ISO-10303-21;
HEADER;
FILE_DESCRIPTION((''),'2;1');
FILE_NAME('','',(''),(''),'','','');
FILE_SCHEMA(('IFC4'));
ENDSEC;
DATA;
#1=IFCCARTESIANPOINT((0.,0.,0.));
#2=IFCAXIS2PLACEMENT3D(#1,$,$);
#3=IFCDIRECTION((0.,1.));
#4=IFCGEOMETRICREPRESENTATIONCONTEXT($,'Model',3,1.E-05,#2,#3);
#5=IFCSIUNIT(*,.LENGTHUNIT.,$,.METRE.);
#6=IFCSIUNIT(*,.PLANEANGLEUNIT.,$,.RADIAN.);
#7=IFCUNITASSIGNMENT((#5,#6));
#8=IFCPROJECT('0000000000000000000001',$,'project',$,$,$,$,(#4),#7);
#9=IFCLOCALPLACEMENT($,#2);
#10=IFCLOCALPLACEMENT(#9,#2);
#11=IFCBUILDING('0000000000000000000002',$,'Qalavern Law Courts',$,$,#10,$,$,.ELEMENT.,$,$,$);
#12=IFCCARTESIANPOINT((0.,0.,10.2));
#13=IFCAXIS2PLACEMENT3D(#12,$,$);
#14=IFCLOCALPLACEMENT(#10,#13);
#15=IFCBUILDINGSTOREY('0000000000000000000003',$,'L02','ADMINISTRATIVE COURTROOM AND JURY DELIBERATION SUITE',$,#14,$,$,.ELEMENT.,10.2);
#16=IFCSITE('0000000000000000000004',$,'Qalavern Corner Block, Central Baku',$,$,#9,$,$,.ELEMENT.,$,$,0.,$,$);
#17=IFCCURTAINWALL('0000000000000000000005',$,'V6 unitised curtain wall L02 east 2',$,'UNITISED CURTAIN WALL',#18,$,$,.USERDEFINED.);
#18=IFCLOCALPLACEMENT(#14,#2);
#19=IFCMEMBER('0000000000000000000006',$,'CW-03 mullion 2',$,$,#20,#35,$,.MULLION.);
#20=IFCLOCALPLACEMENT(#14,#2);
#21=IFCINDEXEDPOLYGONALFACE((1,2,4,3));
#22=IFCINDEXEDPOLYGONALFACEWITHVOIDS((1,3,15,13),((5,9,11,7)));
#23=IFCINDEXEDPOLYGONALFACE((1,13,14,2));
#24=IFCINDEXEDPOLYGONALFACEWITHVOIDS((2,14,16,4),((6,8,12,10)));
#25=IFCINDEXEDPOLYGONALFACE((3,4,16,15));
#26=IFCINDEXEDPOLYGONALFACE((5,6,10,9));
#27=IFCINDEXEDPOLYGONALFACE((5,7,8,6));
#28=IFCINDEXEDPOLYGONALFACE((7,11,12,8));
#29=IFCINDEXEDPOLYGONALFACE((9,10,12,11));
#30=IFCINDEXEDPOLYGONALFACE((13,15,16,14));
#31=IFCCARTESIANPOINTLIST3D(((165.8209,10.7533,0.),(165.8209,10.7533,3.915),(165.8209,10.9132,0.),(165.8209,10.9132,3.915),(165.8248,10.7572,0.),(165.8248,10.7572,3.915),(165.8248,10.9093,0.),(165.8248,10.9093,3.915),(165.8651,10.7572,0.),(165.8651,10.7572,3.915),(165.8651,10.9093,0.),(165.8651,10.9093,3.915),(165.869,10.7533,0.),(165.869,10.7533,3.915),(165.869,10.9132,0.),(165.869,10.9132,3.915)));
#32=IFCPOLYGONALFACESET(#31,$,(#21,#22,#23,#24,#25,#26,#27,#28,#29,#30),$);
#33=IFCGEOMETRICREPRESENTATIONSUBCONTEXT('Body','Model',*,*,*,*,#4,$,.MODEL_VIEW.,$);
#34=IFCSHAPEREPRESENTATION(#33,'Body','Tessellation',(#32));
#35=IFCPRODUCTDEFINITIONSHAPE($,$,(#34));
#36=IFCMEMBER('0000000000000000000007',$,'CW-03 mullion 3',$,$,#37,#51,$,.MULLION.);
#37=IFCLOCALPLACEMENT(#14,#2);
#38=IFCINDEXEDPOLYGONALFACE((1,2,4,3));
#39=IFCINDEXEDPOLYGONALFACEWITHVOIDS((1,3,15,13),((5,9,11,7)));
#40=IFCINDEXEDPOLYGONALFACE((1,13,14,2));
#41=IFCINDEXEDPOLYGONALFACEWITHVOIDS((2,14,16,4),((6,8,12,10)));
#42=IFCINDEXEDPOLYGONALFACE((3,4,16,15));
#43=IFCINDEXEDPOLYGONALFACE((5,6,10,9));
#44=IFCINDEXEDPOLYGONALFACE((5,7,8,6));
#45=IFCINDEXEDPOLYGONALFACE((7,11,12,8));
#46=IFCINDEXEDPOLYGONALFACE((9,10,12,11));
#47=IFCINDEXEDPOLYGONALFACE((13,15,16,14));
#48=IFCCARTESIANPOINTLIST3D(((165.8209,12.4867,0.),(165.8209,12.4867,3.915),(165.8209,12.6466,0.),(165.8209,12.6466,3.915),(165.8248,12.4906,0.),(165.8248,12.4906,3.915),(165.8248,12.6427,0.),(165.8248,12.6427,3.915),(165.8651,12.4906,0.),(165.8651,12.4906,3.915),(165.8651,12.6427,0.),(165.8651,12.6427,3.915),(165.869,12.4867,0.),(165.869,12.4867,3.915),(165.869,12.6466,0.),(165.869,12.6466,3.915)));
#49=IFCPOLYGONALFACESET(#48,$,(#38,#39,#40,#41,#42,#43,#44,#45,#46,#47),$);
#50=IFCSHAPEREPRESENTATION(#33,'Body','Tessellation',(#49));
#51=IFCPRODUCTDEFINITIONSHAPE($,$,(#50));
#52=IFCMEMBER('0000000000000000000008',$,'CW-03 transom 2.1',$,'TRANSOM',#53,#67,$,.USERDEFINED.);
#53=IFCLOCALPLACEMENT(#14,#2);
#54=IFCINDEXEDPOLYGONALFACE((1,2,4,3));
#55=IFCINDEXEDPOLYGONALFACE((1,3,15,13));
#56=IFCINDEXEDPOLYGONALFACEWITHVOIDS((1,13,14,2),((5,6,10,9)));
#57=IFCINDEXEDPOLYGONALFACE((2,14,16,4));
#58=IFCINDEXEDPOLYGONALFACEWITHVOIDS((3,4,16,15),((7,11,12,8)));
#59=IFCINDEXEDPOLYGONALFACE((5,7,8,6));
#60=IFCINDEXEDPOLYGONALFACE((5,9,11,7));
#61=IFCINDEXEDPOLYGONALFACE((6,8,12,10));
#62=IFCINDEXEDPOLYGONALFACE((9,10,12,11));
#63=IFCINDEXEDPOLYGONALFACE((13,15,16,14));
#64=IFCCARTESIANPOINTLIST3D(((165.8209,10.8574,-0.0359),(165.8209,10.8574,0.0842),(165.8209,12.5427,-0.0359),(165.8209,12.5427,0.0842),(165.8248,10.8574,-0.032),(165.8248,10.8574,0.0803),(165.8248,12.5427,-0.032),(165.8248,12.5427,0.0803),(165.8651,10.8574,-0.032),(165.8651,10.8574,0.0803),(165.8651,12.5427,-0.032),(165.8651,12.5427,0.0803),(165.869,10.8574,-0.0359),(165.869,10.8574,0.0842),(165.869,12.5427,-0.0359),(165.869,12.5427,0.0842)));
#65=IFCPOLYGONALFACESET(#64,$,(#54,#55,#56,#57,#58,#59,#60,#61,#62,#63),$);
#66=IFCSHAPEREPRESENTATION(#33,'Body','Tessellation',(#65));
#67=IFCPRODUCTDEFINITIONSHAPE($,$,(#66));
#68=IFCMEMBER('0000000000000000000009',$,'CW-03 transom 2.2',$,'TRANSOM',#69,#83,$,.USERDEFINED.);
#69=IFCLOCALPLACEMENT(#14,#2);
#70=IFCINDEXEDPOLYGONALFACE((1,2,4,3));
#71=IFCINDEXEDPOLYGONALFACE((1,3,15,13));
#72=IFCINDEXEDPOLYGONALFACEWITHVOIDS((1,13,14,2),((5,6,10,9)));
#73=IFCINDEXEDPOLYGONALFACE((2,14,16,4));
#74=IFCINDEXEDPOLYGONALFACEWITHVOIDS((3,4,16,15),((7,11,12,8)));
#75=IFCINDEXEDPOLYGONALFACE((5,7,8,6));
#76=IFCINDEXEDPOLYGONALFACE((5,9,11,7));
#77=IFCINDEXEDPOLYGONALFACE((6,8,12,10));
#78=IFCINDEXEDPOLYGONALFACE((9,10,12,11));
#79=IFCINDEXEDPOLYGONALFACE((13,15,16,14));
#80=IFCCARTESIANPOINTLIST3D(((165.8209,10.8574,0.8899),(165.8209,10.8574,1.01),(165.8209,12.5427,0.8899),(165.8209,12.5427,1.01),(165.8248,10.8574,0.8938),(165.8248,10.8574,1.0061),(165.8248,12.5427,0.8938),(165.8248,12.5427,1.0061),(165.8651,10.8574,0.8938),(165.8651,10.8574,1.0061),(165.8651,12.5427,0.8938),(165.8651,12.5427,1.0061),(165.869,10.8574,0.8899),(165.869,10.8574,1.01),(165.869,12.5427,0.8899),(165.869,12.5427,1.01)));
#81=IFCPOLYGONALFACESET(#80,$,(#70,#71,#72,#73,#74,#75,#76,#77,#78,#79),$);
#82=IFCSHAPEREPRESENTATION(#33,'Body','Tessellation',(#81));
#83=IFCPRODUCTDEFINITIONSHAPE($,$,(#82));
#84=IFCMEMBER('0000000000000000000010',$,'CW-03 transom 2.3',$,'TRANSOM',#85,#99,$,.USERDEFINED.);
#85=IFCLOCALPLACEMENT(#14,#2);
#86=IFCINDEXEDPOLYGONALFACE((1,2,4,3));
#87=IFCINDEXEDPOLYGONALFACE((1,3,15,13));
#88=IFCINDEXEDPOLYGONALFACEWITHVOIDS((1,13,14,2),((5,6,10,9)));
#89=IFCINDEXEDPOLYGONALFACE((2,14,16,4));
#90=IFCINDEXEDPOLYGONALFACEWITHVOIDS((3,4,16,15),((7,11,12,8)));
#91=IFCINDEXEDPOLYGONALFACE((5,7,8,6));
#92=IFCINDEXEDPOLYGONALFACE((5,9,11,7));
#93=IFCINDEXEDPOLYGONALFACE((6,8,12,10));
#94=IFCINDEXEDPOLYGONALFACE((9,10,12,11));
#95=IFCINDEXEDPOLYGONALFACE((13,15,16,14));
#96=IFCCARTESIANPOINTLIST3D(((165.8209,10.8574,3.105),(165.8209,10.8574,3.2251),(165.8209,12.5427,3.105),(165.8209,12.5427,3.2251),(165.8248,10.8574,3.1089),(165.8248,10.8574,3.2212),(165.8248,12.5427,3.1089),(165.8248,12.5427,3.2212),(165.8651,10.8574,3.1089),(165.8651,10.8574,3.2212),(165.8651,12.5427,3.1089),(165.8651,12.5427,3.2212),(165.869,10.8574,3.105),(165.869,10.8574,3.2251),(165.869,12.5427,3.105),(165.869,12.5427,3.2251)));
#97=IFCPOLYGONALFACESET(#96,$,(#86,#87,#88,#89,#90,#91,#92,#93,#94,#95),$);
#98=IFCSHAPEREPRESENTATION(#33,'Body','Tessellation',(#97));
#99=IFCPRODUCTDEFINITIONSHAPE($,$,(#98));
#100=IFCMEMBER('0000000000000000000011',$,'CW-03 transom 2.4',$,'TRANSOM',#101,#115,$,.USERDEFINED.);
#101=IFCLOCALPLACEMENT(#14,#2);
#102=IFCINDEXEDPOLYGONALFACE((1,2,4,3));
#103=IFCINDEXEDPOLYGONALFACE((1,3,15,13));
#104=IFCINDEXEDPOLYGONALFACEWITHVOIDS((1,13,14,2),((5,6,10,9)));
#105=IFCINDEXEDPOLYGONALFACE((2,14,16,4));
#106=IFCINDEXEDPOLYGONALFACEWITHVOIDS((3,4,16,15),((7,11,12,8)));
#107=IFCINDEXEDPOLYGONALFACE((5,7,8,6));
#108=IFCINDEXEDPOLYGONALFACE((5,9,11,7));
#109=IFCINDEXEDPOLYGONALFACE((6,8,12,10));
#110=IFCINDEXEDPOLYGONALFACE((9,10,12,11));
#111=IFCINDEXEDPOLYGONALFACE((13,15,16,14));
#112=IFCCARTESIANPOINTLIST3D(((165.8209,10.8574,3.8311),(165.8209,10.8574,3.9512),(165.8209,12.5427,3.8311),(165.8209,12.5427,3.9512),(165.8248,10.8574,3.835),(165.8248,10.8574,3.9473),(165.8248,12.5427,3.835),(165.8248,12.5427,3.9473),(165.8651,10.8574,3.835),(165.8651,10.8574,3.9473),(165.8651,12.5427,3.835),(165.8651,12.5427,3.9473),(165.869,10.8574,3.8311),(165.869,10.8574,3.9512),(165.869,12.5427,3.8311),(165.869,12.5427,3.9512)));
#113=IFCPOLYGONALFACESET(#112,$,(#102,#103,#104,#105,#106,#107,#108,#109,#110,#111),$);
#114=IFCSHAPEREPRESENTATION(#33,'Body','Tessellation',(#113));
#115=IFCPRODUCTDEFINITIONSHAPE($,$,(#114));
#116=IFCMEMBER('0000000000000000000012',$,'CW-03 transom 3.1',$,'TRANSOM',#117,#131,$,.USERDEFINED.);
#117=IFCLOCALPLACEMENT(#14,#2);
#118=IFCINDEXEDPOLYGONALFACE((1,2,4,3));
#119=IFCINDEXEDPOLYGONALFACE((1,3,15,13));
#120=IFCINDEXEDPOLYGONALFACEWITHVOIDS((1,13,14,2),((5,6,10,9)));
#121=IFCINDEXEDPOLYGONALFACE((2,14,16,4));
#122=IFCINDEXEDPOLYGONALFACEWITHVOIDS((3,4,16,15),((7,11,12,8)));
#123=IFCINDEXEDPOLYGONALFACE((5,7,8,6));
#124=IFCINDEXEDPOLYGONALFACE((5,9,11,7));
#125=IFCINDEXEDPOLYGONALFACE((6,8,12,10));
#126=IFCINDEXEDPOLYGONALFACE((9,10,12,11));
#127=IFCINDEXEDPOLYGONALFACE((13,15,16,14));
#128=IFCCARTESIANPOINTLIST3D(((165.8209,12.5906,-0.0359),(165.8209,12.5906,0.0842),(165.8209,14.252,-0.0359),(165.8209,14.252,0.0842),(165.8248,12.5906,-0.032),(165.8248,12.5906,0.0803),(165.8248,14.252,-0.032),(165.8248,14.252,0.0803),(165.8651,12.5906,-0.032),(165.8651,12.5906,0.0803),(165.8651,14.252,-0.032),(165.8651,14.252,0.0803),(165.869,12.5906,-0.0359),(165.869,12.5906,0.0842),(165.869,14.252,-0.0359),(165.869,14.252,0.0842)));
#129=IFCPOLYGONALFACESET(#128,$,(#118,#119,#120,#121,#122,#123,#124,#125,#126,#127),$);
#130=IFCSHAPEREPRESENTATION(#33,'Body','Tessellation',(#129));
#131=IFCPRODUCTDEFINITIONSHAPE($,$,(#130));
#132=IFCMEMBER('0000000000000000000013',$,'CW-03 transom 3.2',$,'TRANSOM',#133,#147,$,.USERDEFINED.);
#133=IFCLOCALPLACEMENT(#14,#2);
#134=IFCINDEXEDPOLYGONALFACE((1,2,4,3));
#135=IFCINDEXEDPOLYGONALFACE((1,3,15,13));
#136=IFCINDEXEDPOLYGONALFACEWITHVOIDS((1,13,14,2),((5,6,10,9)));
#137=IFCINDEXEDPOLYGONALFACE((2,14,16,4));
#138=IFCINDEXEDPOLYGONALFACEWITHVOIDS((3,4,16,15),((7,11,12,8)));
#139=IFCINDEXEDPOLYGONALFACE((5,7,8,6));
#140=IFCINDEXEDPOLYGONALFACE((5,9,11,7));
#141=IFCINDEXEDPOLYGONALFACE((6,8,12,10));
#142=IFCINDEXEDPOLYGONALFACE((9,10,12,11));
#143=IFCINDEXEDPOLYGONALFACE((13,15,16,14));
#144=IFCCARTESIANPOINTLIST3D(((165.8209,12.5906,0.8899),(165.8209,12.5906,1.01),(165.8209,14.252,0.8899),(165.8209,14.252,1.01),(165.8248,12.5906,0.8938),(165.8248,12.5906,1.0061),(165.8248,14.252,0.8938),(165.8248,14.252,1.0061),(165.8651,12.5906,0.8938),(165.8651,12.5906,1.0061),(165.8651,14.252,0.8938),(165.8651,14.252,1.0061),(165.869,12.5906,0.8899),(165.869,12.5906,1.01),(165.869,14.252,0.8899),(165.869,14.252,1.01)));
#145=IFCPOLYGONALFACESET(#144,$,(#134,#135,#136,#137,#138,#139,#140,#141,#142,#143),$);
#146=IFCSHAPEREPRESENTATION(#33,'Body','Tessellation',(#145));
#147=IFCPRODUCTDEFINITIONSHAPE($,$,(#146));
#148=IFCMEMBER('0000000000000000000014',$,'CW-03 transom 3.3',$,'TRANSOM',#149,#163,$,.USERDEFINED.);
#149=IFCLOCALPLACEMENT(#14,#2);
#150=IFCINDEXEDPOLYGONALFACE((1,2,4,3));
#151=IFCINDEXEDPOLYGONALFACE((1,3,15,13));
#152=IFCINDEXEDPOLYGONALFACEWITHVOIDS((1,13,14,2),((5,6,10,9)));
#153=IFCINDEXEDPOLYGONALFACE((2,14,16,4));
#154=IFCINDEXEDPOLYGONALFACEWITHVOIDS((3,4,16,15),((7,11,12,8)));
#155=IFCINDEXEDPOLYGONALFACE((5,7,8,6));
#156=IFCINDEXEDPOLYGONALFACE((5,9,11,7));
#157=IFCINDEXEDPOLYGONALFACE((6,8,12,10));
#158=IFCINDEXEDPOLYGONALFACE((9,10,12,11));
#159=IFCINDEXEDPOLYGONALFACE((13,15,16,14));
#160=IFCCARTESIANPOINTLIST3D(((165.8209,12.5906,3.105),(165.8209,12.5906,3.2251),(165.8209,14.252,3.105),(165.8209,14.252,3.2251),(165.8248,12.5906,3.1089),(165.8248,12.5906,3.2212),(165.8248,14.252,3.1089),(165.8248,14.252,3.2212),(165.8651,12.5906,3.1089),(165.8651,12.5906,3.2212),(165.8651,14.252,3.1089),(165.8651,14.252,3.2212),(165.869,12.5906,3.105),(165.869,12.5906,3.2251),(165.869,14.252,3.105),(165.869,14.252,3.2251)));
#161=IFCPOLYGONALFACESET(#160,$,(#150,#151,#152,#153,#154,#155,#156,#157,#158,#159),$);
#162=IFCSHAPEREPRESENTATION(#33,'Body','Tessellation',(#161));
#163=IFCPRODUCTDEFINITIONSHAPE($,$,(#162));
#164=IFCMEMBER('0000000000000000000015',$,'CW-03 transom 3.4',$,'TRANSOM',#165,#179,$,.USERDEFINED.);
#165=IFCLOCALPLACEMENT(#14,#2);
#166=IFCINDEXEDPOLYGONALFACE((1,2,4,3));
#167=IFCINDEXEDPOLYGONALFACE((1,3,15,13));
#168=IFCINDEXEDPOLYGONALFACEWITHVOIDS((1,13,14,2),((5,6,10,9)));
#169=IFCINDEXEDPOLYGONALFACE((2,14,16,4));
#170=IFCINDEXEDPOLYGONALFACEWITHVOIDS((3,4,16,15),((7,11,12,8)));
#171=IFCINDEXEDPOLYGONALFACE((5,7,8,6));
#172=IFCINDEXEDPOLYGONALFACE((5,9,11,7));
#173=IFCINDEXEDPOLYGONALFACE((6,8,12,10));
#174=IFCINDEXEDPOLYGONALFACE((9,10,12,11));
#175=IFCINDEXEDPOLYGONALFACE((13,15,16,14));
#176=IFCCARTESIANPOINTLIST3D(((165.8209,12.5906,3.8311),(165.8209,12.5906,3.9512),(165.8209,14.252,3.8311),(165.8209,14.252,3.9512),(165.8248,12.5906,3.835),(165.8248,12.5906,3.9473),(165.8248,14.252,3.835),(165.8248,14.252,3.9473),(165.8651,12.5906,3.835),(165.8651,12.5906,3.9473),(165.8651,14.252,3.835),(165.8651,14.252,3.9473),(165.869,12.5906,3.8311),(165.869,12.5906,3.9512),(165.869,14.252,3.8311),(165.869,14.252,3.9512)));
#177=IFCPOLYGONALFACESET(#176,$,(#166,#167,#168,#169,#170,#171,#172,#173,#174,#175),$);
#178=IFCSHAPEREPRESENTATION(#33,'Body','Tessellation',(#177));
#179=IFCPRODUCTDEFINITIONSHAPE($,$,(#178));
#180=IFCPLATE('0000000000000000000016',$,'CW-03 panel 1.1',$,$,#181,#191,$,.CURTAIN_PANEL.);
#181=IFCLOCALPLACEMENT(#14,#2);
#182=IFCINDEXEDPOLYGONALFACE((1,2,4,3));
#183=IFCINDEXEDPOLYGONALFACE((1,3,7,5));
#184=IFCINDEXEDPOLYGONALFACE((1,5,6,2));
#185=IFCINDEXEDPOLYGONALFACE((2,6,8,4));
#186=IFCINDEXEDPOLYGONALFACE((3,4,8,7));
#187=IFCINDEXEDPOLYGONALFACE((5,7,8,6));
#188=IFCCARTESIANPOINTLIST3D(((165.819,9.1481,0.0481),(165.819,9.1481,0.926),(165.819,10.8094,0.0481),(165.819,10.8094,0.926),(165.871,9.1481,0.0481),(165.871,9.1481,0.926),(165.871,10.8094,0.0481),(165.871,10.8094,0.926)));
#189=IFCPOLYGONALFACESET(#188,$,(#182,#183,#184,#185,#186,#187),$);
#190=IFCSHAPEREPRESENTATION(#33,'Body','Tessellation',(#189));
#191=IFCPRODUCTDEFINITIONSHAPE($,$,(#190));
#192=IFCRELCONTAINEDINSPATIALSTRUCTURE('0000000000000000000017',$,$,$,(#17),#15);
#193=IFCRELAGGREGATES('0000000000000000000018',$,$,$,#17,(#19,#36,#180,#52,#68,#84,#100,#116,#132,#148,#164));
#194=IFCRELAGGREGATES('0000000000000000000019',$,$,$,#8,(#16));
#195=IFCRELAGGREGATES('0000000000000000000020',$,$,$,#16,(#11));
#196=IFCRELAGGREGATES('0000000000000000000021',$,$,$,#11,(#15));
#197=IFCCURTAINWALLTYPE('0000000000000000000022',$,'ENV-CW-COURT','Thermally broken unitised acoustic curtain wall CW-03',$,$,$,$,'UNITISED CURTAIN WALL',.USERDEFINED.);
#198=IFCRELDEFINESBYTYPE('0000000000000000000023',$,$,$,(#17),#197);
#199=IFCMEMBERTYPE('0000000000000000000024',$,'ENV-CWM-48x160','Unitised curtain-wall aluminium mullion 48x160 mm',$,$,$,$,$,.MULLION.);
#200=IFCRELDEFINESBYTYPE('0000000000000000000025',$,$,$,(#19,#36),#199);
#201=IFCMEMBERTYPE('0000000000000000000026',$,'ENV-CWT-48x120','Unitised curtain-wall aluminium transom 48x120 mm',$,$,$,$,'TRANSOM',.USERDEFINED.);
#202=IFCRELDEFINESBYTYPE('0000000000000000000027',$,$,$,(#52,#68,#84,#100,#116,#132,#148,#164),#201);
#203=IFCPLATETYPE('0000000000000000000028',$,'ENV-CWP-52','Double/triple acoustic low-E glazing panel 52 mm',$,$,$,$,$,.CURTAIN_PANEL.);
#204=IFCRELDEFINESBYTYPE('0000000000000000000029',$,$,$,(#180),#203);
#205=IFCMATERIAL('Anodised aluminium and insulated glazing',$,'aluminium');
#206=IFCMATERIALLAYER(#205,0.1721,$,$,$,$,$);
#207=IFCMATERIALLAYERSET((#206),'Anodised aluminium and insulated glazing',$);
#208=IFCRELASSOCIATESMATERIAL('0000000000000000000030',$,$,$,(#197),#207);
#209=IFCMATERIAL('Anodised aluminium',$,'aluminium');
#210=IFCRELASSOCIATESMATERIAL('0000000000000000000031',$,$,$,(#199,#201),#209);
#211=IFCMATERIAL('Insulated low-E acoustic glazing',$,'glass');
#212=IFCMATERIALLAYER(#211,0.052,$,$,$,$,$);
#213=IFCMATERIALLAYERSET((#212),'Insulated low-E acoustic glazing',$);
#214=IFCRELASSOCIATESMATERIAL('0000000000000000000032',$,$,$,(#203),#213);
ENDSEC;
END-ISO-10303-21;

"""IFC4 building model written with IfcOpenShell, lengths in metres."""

from ifc_helpers import new_model, si_unit, direction, frame, origin, origin_2d, place, context, subcontext, project, spatial, rectangle, hollow_rectangle, extrude, material, layer, layer_set, material_profile, profile_set, type_object, element, aggregate, save


model = new_model("IFC4")

# Units and contexts
model_context = context("Model", 3, precision=1e-05, world=origin(), true_north=direction((0.0, 1.0)))
body_context = subcontext(model_context, "Body", "Model", "MODEL_VIEW")
ifc_project = project(units=[si_unit("LENGTHUNIT", "METRE"), si_unit("PLANEANGLEUNIT", "RADIAN")], contexts=[model_context])

# Site, building, storey
site_placement = place(None, origin())
site = spatial("IfcSite", under=ifc_project, at=site_placement, Name="Qalavern Corner Block, Central Baku", CompositionType="ELEMENT", RefElevation=0.0)
building_placement = place(site_placement, origin())
building = spatial("IfcBuilding", under=site, at=building_placement, Name="Qalavern Law Courts", CompositionType="ELEMENT")
storey_placement = place(building_placement, frame((0.0, 0.0, 10.2)))
storey = spatial("IfcBuildingStorey", under=building, at=storey_placement, Name="L02", Description="ADMINISTRATIVE COURTROOM AND JURY DELIBERATION SUITE", CompositionType="ELEMENT", Elevation=10.2)

# Curtain wall, members, plate
ifc_material_1 = material(Name="Anodised aluminium and insulated glazing", Category="aluminium")
ifc_layer_1 = layer(ifc_material_1, 0.1721)
ifc_layer_set_1 = layer_set([ifc_layer_1], Name="Anodised aluminium and insulated glazing")
curtain_wall_type = type_object("IfcCurtainWallType", Name="ENV-CW-COURT", Description="Thermally broken unitised acoustic curtain wall CW-03", ElementType="UNITISED CURTAIN WALL", PredefinedType="USERDEFINED", material=ifc_layer_set_1)
curtain_wall_placement = place(storey_placement, origin())
curtain_wall = element("IfcCurtainWall", 1, at=curtain_wall_placement, inside=storey, type_object=curtain_wall_type, Name="V6 unitised curtain wall L02 east 2", ObjectType="UNITISED CURTAIN WALL", PredefinedType="USERDEFINED")
ifc_material_2 = material(Name="Anodised aluminium", Category="aluminium")
ifc_material_profile_1 = material_profile(ifc_material_2, hollow_rectangle(XDim=0.0481, YDim=0.1599, WallThickness=0.0039, at=origin_2d()), Name="ALU MULLION 48x160")
ifc_profile_set_1 = profile_set([ifc_material_profile_1], Name="Anodised aluminium")
member_type_1 = type_object("IfcMemberType", Name="ENV-CWM-48x160", Description="Unitised curtain-wall aluminium mullion 48x160 mm", PredefinedType="MULLION", material=ifc_profile_set_1)
member_1_placement = place(storey_placement, frame((165.845, 10.8333, 0.0), z_axis=(0.0, 0.0, 1.0), x_axis=(-1.0, 0.0, 0.0)))
member_1 = element("IfcMember", 2, at=member_1_placement, type_object=member_type_1, Name="CW-03 mullion 2", PredefinedType="MULLION", context=body_context, shape_type="SweptSolid", body=[
    extrude(hollow_rectangle(XDim=0.0481, YDim=0.1599, WallThickness=0.0039, at=origin_2d()), origin(), (0.0, 0.0, 1.0), 3.915),
])
member_2_placement = place(storey_placement, frame((165.845, 12.5667, 0.0), z_axis=(0.0, 0.0, 1.0), x_axis=(-1.0, 0.0, 0.0)))
member_2 = element("IfcMember", 3, at=member_2_placement, type_object=member_type_1, Name="CW-03 mullion 3", PredefinedType="MULLION", context=body_context, shape_type="SweptSolid", body=[
    extrude(hollow_rectangle(XDim=0.0481, YDim=0.1599, WallThickness=0.0039, at=origin_2d()), origin(), (0.0, 0.0, 1.0), 3.915),
])
ifc_material_profile_2 = material_profile(ifc_material_2, hollow_rectangle(XDim=0.0481, YDim=0.1201, WallThickness=0.0039, at=origin_2d()), Name="ALU TRANSOM 48x120")
ifc_profile_set_2 = profile_set([ifc_material_profile_2], Name="Anodised aluminium")
member_type_2 = type_object("IfcMemberType", Name="ENV-CWT-48x120", Description="Unitised curtain-wall aluminium transom 48x120 mm", ElementType="TRANSOM", PredefinedType="USERDEFINED", material=ifc_profile_set_2)
member_3_placement = place(storey_placement, frame((165.845, 10.8574, 0.0242), z_axis=(0.0, 1.0, 0.0), x_axis=(-1.0, 0.0, 0.0)))
member_3 = element("IfcMember", 4, at=member_3_placement, type_object=member_type_2, Name="CW-03 transom 2.1", ObjectType="TRANSOM", PredefinedType="USERDEFINED", context=body_context, shape_type="SweptSolid", body=[
    extrude(hollow_rectangle(XDim=0.0481, YDim=0.1201, WallThickness=0.0039, at=origin_2d()), origin(), (0.0, 0.0, 1.0), 1.6853),
])
member_4_placement = place(storey_placement, frame((165.845, 10.8574, 0.95), z_axis=(0.0, 1.0, 0.0), x_axis=(-1.0, 0.0, 0.0)))
member_4 = element("IfcMember", 5, at=member_4_placement, type_object=member_type_2, Name="CW-03 transom 2.2", ObjectType="TRANSOM", PredefinedType="USERDEFINED", context=body_context, shape_type="SweptSolid", body=[
    extrude(hollow_rectangle(XDim=0.0481, YDim=0.1201, WallThickness=0.0039, at=origin_2d()), origin(), (0.0, 0.0, 1.0), 1.6853),
])
member_5_placement = place(storey_placement, frame((165.845, 10.8574, 3.165), z_axis=(0.0, 1.0, 0.0), x_axis=(-1.0, 0.0, 0.0)))
member_5 = element("IfcMember", 6, at=member_5_placement, type_object=member_type_2, Name="CW-03 transom 2.3", ObjectType="TRANSOM", PredefinedType="USERDEFINED", context=body_context, shape_type="SweptSolid", body=[
    extrude(hollow_rectangle(XDim=0.0481, YDim=0.1201, WallThickness=0.0039, at=origin_2d()), origin(), (0.0, 0.0, 1.0), 1.6853),
])
member_6_placement = place(storey_placement, frame((165.845, 10.8574, 3.8911), z_axis=(0.0, 1.0, 0.0), x_axis=(-1.0, 0.0, 0.0)))
member_6 = element("IfcMember", 7, at=member_6_placement, type_object=member_type_2, Name="CW-03 transom 2.4", ObjectType="TRANSOM", PredefinedType="USERDEFINED", context=body_context, shape_type="SweptSolid", body=[
    extrude(hollow_rectangle(XDim=0.0481, YDim=0.1201, WallThickness=0.0039, at=origin_2d()), origin(), (0.0, 0.0, 1.0), 1.6853),
])
member_7_placement = place(storey_placement, frame((165.845, 12.5906, 0.0242), z_axis=(0.0, 1.0, 0.0), x_axis=(-1.0, 0.0, 0.0)))
member_7 = element("IfcMember", 8, at=member_7_placement, type_object=member_type_2, Name="CW-03 transom 3.1", ObjectType="TRANSOM", PredefinedType="USERDEFINED", context=body_context, shape_type="SweptSolid", body=[
    extrude(hollow_rectangle(XDim=0.0481, YDim=0.1201, WallThickness=0.0039, at=origin_2d()), origin(), (0.0, 0.0, 1.0), 1.6614),
])
member_8_placement = place(storey_placement, frame((165.845, 12.5906, 0.95), z_axis=(0.0, 1.0, 0.0), x_axis=(-1.0, 0.0, 0.0)))
member_8 = element("IfcMember", 9, at=member_8_placement, type_object=member_type_2, Name="CW-03 transom 3.2", ObjectType="TRANSOM", PredefinedType="USERDEFINED", context=body_context, shape_type="SweptSolid", body=[
    extrude(hollow_rectangle(XDim=0.0481, YDim=0.1201, WallThickness=0.0039, at=origin_2d()), origin(), (0.0, 0.0, 1.0), 1.6614),
])
member_9_placement = place(storey_placement, frame((165.845, 12.5906, 3.165), z_axis=(0.0, 1.0, 0.0), x_axis=(-1.0, 0.0, 0.0)))
member_9 = element("IfcMember", 10, at=member_9_placement, type_object=member_type_2, Name="CW-03 transom 3.3", ObjectType="TRANSOM", PredefinedType="USERDEFINED", context=body_context, shape_type="SweptSolid", body=[
    extrude(hollow_rectangle(XDim=0.0481, YDim=0.1201, WallThickness=0.0039, at=origin_2d()), origin(), (0.0, 0.0, 1.0), 1.6614),
])
member_10_placement = place(storey_placement, frame((165.845, 12.5906, 3.8911), z_axis=(0.0, 1.0, 0.0), x_axis=(-1.0, 0.0, 0.0)))
member_10 = element("IfcMember", 11, at=member_10_placement, type_object=member_type_2, Name="CW-03 transom 3.4", ObjectType="TRANSOM", PredefinedType="USERDEFINED", context=body_context, shape_type="SweptSolid", body=[
    extrude(hollow_rectangle(XDim=0.0481, YDim=0.1201, WallThickness=0.0039, at=origin_2d()), origin(), (0.0, 0.0, 1.0), 1.6614),
])
ifc_material_3 = material(Name="Insulated low-E acoustic glazing", Category="glass")
ifc_layer_2 = layer(ifc_material_3, 0.052)
ifc_layer_set_2 = layer_set([ifc_layer_2], Name="Insulated low-E acoustic glazing")
plate_type = type_object("IfcPlateType", Name="ENV-CWP-52", Description="Double/triple acoustic low-E glazing panel 52 mm", PredefinedType="CURTAIN_PANEL", material=ifc_layer_set_2)
plate_1_placement = place(storey_placement, frame((165.845, 9.9788, 0.0481), z_axis=(0.0, 0.0, 1.0), x_axis=(0.0, 1.0, 0.0)))
plate_1 = element("IfcPlate", 12, at=plate_1_placement, type_object=plate_type, Name="CW-03 panel 1.1", PredefinedType="CURTAIN_PANEL", context=body_context, shape_type="SweptSolid", body=[
    extrude(rectangle(XDim=1.6614, YDim=0.052, at=origin_2d()), origin(), (0.0, 0.0, 1.0), 0.8779),
])
aggregate(curtain_wall, [member_1, member_2, plate_1, member_3, member_4, member_5, member_6, member_7, member_8, member_9, member_10])

save(model, "model.ifc")
